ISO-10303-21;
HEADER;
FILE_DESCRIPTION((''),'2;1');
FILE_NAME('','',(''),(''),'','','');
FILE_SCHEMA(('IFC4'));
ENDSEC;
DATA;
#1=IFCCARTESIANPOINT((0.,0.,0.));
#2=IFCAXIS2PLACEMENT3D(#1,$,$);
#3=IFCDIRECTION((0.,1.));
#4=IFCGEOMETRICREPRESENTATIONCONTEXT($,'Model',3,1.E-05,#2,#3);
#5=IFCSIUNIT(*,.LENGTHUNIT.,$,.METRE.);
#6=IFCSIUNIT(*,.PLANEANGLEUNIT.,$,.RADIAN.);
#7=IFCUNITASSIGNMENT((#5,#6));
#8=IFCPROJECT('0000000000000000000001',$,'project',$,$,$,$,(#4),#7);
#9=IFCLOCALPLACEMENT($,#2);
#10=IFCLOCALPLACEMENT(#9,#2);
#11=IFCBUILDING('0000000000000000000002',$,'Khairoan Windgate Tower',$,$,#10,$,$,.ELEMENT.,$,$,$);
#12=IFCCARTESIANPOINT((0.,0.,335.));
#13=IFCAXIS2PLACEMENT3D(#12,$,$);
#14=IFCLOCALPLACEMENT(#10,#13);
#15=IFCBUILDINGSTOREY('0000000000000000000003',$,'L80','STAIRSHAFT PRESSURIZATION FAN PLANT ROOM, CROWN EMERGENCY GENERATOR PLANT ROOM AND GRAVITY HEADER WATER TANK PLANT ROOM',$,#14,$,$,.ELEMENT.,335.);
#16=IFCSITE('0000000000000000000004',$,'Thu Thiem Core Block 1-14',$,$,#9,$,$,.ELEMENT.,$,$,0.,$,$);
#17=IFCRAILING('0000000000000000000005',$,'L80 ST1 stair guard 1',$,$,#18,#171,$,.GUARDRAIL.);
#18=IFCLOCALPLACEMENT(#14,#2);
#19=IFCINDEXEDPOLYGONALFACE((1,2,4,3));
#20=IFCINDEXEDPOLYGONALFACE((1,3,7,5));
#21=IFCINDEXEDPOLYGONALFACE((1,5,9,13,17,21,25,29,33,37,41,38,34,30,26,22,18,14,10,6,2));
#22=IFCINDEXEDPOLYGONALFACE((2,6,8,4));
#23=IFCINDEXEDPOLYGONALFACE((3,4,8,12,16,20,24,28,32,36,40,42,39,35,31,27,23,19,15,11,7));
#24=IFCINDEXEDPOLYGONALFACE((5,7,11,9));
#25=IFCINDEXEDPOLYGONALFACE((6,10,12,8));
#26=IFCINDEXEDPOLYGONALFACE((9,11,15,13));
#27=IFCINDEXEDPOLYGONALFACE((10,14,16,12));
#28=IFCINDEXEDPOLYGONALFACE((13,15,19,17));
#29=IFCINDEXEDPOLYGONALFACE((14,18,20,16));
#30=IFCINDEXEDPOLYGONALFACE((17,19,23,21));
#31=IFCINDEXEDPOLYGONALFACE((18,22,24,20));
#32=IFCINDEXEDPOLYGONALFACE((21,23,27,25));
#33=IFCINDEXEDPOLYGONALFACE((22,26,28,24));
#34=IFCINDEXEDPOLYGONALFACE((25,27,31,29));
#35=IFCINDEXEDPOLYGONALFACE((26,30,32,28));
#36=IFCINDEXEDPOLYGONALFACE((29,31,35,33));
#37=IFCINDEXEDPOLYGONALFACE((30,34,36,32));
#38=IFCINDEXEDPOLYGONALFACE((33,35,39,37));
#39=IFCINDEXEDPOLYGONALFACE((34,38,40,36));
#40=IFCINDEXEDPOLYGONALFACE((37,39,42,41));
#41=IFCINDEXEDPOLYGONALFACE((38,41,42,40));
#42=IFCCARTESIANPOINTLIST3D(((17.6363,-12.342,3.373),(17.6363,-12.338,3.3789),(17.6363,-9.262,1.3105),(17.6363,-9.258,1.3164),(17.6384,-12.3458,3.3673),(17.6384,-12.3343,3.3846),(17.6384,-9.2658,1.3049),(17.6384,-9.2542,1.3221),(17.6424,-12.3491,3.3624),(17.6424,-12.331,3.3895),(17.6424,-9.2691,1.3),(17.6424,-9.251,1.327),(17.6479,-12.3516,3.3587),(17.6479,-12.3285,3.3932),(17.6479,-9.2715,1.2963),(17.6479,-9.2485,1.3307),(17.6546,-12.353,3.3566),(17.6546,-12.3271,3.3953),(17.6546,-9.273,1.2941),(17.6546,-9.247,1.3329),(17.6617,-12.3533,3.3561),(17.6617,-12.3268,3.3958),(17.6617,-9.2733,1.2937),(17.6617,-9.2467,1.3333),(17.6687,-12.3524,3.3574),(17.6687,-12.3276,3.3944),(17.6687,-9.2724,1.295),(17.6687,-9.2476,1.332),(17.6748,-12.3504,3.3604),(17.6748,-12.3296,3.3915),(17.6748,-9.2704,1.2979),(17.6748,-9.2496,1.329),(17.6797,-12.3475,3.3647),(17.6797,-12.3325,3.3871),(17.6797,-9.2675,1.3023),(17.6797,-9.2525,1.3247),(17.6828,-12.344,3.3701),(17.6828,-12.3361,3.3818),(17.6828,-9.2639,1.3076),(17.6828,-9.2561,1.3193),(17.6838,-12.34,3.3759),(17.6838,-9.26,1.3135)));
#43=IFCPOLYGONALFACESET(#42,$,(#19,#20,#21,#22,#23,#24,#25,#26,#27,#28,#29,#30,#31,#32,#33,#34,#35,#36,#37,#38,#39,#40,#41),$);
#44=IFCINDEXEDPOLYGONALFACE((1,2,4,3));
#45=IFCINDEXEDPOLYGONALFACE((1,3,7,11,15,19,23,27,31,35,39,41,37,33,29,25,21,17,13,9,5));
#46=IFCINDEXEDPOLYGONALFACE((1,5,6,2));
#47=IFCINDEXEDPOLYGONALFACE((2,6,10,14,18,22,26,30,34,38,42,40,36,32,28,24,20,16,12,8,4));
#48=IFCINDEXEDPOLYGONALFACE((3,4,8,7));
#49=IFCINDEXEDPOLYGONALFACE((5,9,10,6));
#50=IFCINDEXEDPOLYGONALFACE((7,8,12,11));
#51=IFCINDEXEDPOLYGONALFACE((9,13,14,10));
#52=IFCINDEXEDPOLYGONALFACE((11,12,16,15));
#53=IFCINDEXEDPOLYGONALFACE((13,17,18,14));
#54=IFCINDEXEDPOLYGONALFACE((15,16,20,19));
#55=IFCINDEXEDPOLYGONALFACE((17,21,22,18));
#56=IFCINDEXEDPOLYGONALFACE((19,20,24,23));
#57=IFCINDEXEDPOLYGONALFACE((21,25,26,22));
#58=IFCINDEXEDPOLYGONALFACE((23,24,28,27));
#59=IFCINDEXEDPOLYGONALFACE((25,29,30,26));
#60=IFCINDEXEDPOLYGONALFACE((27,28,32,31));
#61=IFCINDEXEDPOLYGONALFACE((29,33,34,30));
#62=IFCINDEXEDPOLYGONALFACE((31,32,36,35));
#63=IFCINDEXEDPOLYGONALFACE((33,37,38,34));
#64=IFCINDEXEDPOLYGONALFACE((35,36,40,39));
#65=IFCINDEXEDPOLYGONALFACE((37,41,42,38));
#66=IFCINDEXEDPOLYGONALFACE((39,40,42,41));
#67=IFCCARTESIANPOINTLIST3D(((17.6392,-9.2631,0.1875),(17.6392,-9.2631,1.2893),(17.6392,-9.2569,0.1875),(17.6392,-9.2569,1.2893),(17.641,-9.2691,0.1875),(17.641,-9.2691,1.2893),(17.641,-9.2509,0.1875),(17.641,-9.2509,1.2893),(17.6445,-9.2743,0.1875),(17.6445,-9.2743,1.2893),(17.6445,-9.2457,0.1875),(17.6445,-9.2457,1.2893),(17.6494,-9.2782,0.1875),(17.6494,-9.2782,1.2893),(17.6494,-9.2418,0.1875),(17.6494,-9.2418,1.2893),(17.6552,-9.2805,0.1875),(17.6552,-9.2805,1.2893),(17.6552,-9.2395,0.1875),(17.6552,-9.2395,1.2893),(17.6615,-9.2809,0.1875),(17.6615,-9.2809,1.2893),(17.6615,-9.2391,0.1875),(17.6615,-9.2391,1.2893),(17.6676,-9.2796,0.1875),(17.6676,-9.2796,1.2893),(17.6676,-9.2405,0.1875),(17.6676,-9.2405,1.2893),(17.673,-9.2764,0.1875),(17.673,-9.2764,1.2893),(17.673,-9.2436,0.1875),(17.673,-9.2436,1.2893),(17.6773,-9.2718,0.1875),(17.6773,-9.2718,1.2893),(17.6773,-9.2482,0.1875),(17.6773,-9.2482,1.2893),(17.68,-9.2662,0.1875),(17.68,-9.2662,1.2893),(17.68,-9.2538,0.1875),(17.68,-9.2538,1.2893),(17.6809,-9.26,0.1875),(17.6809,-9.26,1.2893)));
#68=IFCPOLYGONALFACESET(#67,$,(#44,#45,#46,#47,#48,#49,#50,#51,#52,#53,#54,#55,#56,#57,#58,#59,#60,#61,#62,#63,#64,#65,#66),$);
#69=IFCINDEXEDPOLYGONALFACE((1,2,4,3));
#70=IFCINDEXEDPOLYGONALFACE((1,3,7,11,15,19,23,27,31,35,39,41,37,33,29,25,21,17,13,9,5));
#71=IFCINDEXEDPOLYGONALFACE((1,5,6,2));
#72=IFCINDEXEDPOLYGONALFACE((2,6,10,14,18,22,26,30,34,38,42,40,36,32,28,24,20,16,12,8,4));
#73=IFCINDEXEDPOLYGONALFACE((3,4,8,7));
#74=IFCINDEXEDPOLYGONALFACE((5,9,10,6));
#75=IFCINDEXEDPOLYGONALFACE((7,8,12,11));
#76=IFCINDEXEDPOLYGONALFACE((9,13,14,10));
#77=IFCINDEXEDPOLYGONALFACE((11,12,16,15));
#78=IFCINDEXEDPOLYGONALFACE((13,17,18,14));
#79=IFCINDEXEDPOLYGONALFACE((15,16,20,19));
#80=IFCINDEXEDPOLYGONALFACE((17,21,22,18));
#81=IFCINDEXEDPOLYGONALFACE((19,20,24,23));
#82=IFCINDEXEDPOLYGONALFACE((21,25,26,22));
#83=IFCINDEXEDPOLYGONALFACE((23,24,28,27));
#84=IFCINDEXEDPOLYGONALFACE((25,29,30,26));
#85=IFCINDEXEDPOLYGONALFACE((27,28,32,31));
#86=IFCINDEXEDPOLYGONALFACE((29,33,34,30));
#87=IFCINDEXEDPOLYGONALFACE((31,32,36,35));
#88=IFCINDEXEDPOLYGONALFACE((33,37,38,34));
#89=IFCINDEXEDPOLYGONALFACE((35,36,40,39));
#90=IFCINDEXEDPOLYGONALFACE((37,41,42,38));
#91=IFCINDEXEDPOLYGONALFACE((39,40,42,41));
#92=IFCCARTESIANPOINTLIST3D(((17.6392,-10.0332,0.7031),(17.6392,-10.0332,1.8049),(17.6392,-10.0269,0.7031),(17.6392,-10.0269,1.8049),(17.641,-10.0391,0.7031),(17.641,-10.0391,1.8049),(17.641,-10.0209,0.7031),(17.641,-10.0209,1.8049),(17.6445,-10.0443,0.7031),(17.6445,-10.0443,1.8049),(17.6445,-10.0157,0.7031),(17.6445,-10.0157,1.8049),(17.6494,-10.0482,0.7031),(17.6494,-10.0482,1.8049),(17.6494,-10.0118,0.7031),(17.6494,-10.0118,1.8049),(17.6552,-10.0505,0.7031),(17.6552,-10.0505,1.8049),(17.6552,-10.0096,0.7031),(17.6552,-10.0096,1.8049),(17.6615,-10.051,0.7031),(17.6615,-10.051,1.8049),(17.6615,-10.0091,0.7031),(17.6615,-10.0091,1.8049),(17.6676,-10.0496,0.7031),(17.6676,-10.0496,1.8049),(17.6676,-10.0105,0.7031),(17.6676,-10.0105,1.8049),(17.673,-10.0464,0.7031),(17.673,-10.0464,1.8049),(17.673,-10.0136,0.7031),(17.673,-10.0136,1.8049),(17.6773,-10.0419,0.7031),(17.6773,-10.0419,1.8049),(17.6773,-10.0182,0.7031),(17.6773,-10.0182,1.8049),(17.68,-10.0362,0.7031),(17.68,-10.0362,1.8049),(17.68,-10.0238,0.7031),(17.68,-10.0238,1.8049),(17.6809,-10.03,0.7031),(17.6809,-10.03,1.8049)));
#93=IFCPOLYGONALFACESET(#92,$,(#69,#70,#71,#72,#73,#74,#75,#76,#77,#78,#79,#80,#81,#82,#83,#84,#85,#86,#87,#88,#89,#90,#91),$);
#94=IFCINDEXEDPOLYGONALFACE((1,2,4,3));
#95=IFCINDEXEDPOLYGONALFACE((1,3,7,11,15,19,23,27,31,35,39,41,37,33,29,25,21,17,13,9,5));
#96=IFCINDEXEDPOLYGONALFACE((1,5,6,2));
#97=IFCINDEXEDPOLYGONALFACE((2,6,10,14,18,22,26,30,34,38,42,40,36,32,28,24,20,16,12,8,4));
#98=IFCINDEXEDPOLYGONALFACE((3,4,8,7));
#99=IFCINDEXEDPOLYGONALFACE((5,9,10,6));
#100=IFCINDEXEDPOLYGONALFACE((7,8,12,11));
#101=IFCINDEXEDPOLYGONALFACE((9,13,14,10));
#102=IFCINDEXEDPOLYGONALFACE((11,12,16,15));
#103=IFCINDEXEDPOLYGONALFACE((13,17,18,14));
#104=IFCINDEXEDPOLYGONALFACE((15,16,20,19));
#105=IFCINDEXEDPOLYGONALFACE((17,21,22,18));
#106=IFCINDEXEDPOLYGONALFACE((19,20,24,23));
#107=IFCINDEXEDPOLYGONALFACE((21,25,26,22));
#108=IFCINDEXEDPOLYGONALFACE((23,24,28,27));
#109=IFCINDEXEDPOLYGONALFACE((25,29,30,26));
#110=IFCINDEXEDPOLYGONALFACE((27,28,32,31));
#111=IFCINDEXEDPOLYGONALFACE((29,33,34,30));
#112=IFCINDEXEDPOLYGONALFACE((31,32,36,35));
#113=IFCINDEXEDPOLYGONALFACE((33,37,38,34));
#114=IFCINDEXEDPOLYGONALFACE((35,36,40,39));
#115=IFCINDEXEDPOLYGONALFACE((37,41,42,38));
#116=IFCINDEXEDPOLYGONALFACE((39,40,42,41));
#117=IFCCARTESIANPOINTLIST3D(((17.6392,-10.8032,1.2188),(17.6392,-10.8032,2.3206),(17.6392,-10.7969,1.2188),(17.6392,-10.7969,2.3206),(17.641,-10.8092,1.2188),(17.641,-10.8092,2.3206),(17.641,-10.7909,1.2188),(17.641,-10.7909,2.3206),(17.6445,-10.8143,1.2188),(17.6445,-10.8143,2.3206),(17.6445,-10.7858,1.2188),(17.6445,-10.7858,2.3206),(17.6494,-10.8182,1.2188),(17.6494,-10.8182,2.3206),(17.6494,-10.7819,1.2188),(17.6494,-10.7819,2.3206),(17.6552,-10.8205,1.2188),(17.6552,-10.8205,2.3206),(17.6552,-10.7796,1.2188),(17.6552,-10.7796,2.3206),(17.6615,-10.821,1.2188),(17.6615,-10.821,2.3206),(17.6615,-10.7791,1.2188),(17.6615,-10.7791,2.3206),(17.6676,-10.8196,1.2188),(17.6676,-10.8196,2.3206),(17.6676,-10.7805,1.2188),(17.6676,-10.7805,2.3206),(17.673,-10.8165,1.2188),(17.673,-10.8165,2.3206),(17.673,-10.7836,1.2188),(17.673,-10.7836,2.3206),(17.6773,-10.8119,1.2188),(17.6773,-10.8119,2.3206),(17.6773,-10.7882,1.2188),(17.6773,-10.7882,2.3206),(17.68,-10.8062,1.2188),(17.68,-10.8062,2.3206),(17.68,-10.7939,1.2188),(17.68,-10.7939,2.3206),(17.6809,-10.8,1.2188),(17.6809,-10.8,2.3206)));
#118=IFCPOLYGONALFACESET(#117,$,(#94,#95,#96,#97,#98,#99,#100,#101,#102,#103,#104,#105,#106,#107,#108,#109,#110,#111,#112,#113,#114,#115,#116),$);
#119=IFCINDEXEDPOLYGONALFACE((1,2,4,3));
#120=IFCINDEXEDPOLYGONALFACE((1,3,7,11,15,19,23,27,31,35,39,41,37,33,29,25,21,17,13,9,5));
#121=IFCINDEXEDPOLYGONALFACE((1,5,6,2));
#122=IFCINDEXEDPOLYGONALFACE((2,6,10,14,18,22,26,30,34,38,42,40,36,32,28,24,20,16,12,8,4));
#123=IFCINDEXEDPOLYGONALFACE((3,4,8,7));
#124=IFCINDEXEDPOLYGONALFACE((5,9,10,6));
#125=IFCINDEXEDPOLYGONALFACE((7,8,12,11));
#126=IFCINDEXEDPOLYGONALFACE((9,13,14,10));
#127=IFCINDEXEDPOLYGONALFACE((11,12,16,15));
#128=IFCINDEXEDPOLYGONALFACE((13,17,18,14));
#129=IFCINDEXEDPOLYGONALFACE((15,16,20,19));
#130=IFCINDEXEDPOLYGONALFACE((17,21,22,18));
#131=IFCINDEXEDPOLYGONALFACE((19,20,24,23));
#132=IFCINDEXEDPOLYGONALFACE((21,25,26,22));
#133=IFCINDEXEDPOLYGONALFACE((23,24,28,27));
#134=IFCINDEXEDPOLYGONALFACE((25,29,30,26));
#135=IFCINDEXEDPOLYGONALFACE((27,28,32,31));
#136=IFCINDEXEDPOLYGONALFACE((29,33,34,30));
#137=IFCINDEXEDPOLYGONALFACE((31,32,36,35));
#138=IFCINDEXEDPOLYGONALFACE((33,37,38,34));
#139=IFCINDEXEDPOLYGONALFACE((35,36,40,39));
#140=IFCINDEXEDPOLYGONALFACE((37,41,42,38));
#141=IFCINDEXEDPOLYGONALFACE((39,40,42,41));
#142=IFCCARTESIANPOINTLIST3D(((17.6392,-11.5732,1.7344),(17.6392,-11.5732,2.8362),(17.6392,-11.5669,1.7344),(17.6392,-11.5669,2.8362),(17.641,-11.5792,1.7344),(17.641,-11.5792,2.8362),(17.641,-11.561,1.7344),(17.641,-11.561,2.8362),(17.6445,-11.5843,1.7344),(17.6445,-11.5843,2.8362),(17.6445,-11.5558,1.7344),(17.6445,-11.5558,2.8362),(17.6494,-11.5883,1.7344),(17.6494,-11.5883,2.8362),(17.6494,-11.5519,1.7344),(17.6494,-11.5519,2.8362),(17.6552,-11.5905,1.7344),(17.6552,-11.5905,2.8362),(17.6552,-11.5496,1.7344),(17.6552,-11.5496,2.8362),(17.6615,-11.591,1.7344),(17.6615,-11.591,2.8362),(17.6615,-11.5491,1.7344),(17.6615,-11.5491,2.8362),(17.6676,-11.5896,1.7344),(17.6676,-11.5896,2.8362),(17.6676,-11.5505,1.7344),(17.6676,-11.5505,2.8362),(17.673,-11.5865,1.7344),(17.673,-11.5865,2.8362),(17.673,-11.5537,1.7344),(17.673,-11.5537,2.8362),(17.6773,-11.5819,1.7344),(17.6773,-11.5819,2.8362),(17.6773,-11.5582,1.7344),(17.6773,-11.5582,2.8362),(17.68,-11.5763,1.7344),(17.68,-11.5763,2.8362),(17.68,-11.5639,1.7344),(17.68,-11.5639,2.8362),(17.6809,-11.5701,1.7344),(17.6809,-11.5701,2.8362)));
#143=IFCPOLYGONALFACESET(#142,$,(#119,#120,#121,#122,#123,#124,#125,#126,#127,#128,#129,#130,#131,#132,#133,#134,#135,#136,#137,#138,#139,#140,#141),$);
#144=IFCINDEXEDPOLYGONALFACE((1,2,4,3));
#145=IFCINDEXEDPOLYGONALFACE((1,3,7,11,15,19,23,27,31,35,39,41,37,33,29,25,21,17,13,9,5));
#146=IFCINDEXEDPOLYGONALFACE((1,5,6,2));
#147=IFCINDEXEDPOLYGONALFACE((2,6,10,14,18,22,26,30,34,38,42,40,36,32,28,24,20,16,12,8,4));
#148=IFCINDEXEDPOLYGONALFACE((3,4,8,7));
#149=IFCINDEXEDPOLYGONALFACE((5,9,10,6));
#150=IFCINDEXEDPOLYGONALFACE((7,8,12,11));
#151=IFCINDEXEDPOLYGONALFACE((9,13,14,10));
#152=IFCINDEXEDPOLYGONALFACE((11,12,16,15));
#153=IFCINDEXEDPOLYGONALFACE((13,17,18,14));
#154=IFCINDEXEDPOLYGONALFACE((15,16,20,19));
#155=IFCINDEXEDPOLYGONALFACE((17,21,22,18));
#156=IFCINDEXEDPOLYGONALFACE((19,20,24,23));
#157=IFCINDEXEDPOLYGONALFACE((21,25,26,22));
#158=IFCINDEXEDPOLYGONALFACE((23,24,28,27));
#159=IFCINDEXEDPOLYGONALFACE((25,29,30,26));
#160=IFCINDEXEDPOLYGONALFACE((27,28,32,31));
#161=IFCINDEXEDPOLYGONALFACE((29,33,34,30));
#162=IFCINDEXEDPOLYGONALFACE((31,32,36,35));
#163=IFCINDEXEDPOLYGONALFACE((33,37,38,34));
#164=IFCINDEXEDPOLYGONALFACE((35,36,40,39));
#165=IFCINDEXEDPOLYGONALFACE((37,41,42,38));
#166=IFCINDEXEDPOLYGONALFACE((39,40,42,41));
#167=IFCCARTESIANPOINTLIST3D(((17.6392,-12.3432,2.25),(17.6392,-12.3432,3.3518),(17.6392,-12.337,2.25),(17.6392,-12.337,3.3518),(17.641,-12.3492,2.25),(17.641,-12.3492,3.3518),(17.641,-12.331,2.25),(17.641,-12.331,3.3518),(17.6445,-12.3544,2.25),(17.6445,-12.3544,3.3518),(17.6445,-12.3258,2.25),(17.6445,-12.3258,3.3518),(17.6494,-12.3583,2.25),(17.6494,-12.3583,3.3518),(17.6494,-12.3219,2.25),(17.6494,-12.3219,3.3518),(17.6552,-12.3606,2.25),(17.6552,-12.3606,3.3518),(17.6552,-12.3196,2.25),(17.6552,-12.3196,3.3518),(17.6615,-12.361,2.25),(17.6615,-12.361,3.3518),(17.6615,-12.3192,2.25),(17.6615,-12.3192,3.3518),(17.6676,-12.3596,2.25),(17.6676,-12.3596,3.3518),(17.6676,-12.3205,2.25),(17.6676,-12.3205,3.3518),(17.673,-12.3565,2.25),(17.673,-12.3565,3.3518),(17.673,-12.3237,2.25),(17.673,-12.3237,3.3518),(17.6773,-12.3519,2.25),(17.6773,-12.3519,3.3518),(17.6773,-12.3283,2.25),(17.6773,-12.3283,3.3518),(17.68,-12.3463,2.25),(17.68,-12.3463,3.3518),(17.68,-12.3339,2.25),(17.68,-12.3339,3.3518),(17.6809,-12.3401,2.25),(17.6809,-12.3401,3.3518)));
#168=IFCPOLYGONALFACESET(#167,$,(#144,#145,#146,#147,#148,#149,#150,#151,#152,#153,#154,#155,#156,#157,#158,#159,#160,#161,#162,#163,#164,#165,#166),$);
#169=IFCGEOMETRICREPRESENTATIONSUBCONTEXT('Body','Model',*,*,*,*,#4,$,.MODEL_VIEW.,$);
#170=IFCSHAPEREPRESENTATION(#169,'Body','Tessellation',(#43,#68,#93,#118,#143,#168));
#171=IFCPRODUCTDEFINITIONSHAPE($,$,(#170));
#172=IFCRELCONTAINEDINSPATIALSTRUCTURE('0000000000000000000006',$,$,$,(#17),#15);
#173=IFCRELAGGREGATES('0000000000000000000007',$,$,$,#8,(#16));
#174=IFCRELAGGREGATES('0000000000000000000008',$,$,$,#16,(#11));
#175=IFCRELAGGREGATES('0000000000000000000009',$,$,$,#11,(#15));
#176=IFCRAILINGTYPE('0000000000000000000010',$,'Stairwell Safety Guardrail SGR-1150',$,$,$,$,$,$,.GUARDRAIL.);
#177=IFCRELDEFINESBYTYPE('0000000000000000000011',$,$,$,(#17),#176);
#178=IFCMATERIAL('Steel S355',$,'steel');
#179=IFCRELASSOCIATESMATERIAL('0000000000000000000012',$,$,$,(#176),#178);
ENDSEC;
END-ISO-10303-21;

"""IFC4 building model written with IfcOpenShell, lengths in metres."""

from ifc_helpers import new_model, si_unit, direction, frame, origin, origin_2d, place, context, subcontext, project, spatial, circle, extrude, material, type_object, element, save


model = new_model("IFC4")

# Units and contexts
model_context = context("Model", 3, precision=1e-05, world=origin(), true_north=direction((0.0, 1.0)))
body_context = subcontext(model_context, "Body", "Model", "MODEL_VIEW")
ifc_project = project(units=[si_unit("LENGTHUNIT", "METRE"), si_unit("PLANEANGLEUNIT", "RADIAN")], contexts=[model_context])

# Site, building, storey
site_placement = place(None, origin())
site = spatial("IfcSite", under=ifc_project, at=site_placement, Name="Thu Thiem Core Block 1-14", CompositionType="ELEMENT", RefElevation=0.0)
building_placement = place(site_placement, origin())
building = spatial("IfcBuilding", under=site, at=building_placement, Name="Khairoan Windgate Tower", CompositionType="ELEMENT")
storey_placement = place(building_placement, frame((0.0, 0.0, 335.0)))
storey = spatial("IfcBuildingStorey", under=building, at=storey_placement, Name="L80", Description="STAIRSHAFT PRESSURIZATION FAN PLANT ROOM, CROWN EMERGENCY GENERATOR PLANT ROOM AND GRAVITY HEADER WATER TANK PLANT ROOM", CompositionType="ELEMENT", Elevation=335.0)

# Railing
ifc_material_1 = material(Name="Steel S355", Category="steel")
railing_type_1 = type_object("IfcRailingType", Name="Stairwell Safety Guardrail SGR-1150", PredefinedType="GUARDRAIL", material=ifc_material_1)
railing_1_placement = place(storey_placement, frame((17.6599, -9.26, 0.1875)))
element("IfcRailing", 1, at=railing_1_placement, inside=storey, type_object=railing_type_1, Name="L80 ST1 stair guard 1", PredefinedType="GUARDRAIL", context=body_context, shape_type="SweptSolid", body=[
    extrude(circle(Radius=0.0239, at=origin_2d()), frame((0.0, 0.0, 1.126), z_axis=(0.0, -0.830914, 0.556401), x_axis=(1.0, 0.0, 0.0)), (0.0, 0.0, 1.0), 3.7068),
    extrude(circle(Radius=0.021, at=origin_2d()), origin(), (0.0, 0.0, 1.0), 1.1018),
    extrude(circle(Radius=0.021, at=origin_2d()), frame((0.0, -0.77, 0.5156)), (0.0, 0.0, 1.0), 1.1018),
    extrude(circle(Radius=0.021, at=origin_2d()), frame((0.0, -1.54, 1.0312)), (0.0, 0.0, 1.0), 1.1018),
    extrude(circle(Radius=0.021, at=origin_2d()), frame((0.0, -2.3101, 1.5469)), (0.0, 0.0, 1.0), 1.1018),
    extrude(circle(Radius=0.021, at=origin_2d()), frame((0.0, -3.0801, 2.0625)), (0.0, 0.0, 1.0), 1.1018),
])

save(model, "model.ifc")
